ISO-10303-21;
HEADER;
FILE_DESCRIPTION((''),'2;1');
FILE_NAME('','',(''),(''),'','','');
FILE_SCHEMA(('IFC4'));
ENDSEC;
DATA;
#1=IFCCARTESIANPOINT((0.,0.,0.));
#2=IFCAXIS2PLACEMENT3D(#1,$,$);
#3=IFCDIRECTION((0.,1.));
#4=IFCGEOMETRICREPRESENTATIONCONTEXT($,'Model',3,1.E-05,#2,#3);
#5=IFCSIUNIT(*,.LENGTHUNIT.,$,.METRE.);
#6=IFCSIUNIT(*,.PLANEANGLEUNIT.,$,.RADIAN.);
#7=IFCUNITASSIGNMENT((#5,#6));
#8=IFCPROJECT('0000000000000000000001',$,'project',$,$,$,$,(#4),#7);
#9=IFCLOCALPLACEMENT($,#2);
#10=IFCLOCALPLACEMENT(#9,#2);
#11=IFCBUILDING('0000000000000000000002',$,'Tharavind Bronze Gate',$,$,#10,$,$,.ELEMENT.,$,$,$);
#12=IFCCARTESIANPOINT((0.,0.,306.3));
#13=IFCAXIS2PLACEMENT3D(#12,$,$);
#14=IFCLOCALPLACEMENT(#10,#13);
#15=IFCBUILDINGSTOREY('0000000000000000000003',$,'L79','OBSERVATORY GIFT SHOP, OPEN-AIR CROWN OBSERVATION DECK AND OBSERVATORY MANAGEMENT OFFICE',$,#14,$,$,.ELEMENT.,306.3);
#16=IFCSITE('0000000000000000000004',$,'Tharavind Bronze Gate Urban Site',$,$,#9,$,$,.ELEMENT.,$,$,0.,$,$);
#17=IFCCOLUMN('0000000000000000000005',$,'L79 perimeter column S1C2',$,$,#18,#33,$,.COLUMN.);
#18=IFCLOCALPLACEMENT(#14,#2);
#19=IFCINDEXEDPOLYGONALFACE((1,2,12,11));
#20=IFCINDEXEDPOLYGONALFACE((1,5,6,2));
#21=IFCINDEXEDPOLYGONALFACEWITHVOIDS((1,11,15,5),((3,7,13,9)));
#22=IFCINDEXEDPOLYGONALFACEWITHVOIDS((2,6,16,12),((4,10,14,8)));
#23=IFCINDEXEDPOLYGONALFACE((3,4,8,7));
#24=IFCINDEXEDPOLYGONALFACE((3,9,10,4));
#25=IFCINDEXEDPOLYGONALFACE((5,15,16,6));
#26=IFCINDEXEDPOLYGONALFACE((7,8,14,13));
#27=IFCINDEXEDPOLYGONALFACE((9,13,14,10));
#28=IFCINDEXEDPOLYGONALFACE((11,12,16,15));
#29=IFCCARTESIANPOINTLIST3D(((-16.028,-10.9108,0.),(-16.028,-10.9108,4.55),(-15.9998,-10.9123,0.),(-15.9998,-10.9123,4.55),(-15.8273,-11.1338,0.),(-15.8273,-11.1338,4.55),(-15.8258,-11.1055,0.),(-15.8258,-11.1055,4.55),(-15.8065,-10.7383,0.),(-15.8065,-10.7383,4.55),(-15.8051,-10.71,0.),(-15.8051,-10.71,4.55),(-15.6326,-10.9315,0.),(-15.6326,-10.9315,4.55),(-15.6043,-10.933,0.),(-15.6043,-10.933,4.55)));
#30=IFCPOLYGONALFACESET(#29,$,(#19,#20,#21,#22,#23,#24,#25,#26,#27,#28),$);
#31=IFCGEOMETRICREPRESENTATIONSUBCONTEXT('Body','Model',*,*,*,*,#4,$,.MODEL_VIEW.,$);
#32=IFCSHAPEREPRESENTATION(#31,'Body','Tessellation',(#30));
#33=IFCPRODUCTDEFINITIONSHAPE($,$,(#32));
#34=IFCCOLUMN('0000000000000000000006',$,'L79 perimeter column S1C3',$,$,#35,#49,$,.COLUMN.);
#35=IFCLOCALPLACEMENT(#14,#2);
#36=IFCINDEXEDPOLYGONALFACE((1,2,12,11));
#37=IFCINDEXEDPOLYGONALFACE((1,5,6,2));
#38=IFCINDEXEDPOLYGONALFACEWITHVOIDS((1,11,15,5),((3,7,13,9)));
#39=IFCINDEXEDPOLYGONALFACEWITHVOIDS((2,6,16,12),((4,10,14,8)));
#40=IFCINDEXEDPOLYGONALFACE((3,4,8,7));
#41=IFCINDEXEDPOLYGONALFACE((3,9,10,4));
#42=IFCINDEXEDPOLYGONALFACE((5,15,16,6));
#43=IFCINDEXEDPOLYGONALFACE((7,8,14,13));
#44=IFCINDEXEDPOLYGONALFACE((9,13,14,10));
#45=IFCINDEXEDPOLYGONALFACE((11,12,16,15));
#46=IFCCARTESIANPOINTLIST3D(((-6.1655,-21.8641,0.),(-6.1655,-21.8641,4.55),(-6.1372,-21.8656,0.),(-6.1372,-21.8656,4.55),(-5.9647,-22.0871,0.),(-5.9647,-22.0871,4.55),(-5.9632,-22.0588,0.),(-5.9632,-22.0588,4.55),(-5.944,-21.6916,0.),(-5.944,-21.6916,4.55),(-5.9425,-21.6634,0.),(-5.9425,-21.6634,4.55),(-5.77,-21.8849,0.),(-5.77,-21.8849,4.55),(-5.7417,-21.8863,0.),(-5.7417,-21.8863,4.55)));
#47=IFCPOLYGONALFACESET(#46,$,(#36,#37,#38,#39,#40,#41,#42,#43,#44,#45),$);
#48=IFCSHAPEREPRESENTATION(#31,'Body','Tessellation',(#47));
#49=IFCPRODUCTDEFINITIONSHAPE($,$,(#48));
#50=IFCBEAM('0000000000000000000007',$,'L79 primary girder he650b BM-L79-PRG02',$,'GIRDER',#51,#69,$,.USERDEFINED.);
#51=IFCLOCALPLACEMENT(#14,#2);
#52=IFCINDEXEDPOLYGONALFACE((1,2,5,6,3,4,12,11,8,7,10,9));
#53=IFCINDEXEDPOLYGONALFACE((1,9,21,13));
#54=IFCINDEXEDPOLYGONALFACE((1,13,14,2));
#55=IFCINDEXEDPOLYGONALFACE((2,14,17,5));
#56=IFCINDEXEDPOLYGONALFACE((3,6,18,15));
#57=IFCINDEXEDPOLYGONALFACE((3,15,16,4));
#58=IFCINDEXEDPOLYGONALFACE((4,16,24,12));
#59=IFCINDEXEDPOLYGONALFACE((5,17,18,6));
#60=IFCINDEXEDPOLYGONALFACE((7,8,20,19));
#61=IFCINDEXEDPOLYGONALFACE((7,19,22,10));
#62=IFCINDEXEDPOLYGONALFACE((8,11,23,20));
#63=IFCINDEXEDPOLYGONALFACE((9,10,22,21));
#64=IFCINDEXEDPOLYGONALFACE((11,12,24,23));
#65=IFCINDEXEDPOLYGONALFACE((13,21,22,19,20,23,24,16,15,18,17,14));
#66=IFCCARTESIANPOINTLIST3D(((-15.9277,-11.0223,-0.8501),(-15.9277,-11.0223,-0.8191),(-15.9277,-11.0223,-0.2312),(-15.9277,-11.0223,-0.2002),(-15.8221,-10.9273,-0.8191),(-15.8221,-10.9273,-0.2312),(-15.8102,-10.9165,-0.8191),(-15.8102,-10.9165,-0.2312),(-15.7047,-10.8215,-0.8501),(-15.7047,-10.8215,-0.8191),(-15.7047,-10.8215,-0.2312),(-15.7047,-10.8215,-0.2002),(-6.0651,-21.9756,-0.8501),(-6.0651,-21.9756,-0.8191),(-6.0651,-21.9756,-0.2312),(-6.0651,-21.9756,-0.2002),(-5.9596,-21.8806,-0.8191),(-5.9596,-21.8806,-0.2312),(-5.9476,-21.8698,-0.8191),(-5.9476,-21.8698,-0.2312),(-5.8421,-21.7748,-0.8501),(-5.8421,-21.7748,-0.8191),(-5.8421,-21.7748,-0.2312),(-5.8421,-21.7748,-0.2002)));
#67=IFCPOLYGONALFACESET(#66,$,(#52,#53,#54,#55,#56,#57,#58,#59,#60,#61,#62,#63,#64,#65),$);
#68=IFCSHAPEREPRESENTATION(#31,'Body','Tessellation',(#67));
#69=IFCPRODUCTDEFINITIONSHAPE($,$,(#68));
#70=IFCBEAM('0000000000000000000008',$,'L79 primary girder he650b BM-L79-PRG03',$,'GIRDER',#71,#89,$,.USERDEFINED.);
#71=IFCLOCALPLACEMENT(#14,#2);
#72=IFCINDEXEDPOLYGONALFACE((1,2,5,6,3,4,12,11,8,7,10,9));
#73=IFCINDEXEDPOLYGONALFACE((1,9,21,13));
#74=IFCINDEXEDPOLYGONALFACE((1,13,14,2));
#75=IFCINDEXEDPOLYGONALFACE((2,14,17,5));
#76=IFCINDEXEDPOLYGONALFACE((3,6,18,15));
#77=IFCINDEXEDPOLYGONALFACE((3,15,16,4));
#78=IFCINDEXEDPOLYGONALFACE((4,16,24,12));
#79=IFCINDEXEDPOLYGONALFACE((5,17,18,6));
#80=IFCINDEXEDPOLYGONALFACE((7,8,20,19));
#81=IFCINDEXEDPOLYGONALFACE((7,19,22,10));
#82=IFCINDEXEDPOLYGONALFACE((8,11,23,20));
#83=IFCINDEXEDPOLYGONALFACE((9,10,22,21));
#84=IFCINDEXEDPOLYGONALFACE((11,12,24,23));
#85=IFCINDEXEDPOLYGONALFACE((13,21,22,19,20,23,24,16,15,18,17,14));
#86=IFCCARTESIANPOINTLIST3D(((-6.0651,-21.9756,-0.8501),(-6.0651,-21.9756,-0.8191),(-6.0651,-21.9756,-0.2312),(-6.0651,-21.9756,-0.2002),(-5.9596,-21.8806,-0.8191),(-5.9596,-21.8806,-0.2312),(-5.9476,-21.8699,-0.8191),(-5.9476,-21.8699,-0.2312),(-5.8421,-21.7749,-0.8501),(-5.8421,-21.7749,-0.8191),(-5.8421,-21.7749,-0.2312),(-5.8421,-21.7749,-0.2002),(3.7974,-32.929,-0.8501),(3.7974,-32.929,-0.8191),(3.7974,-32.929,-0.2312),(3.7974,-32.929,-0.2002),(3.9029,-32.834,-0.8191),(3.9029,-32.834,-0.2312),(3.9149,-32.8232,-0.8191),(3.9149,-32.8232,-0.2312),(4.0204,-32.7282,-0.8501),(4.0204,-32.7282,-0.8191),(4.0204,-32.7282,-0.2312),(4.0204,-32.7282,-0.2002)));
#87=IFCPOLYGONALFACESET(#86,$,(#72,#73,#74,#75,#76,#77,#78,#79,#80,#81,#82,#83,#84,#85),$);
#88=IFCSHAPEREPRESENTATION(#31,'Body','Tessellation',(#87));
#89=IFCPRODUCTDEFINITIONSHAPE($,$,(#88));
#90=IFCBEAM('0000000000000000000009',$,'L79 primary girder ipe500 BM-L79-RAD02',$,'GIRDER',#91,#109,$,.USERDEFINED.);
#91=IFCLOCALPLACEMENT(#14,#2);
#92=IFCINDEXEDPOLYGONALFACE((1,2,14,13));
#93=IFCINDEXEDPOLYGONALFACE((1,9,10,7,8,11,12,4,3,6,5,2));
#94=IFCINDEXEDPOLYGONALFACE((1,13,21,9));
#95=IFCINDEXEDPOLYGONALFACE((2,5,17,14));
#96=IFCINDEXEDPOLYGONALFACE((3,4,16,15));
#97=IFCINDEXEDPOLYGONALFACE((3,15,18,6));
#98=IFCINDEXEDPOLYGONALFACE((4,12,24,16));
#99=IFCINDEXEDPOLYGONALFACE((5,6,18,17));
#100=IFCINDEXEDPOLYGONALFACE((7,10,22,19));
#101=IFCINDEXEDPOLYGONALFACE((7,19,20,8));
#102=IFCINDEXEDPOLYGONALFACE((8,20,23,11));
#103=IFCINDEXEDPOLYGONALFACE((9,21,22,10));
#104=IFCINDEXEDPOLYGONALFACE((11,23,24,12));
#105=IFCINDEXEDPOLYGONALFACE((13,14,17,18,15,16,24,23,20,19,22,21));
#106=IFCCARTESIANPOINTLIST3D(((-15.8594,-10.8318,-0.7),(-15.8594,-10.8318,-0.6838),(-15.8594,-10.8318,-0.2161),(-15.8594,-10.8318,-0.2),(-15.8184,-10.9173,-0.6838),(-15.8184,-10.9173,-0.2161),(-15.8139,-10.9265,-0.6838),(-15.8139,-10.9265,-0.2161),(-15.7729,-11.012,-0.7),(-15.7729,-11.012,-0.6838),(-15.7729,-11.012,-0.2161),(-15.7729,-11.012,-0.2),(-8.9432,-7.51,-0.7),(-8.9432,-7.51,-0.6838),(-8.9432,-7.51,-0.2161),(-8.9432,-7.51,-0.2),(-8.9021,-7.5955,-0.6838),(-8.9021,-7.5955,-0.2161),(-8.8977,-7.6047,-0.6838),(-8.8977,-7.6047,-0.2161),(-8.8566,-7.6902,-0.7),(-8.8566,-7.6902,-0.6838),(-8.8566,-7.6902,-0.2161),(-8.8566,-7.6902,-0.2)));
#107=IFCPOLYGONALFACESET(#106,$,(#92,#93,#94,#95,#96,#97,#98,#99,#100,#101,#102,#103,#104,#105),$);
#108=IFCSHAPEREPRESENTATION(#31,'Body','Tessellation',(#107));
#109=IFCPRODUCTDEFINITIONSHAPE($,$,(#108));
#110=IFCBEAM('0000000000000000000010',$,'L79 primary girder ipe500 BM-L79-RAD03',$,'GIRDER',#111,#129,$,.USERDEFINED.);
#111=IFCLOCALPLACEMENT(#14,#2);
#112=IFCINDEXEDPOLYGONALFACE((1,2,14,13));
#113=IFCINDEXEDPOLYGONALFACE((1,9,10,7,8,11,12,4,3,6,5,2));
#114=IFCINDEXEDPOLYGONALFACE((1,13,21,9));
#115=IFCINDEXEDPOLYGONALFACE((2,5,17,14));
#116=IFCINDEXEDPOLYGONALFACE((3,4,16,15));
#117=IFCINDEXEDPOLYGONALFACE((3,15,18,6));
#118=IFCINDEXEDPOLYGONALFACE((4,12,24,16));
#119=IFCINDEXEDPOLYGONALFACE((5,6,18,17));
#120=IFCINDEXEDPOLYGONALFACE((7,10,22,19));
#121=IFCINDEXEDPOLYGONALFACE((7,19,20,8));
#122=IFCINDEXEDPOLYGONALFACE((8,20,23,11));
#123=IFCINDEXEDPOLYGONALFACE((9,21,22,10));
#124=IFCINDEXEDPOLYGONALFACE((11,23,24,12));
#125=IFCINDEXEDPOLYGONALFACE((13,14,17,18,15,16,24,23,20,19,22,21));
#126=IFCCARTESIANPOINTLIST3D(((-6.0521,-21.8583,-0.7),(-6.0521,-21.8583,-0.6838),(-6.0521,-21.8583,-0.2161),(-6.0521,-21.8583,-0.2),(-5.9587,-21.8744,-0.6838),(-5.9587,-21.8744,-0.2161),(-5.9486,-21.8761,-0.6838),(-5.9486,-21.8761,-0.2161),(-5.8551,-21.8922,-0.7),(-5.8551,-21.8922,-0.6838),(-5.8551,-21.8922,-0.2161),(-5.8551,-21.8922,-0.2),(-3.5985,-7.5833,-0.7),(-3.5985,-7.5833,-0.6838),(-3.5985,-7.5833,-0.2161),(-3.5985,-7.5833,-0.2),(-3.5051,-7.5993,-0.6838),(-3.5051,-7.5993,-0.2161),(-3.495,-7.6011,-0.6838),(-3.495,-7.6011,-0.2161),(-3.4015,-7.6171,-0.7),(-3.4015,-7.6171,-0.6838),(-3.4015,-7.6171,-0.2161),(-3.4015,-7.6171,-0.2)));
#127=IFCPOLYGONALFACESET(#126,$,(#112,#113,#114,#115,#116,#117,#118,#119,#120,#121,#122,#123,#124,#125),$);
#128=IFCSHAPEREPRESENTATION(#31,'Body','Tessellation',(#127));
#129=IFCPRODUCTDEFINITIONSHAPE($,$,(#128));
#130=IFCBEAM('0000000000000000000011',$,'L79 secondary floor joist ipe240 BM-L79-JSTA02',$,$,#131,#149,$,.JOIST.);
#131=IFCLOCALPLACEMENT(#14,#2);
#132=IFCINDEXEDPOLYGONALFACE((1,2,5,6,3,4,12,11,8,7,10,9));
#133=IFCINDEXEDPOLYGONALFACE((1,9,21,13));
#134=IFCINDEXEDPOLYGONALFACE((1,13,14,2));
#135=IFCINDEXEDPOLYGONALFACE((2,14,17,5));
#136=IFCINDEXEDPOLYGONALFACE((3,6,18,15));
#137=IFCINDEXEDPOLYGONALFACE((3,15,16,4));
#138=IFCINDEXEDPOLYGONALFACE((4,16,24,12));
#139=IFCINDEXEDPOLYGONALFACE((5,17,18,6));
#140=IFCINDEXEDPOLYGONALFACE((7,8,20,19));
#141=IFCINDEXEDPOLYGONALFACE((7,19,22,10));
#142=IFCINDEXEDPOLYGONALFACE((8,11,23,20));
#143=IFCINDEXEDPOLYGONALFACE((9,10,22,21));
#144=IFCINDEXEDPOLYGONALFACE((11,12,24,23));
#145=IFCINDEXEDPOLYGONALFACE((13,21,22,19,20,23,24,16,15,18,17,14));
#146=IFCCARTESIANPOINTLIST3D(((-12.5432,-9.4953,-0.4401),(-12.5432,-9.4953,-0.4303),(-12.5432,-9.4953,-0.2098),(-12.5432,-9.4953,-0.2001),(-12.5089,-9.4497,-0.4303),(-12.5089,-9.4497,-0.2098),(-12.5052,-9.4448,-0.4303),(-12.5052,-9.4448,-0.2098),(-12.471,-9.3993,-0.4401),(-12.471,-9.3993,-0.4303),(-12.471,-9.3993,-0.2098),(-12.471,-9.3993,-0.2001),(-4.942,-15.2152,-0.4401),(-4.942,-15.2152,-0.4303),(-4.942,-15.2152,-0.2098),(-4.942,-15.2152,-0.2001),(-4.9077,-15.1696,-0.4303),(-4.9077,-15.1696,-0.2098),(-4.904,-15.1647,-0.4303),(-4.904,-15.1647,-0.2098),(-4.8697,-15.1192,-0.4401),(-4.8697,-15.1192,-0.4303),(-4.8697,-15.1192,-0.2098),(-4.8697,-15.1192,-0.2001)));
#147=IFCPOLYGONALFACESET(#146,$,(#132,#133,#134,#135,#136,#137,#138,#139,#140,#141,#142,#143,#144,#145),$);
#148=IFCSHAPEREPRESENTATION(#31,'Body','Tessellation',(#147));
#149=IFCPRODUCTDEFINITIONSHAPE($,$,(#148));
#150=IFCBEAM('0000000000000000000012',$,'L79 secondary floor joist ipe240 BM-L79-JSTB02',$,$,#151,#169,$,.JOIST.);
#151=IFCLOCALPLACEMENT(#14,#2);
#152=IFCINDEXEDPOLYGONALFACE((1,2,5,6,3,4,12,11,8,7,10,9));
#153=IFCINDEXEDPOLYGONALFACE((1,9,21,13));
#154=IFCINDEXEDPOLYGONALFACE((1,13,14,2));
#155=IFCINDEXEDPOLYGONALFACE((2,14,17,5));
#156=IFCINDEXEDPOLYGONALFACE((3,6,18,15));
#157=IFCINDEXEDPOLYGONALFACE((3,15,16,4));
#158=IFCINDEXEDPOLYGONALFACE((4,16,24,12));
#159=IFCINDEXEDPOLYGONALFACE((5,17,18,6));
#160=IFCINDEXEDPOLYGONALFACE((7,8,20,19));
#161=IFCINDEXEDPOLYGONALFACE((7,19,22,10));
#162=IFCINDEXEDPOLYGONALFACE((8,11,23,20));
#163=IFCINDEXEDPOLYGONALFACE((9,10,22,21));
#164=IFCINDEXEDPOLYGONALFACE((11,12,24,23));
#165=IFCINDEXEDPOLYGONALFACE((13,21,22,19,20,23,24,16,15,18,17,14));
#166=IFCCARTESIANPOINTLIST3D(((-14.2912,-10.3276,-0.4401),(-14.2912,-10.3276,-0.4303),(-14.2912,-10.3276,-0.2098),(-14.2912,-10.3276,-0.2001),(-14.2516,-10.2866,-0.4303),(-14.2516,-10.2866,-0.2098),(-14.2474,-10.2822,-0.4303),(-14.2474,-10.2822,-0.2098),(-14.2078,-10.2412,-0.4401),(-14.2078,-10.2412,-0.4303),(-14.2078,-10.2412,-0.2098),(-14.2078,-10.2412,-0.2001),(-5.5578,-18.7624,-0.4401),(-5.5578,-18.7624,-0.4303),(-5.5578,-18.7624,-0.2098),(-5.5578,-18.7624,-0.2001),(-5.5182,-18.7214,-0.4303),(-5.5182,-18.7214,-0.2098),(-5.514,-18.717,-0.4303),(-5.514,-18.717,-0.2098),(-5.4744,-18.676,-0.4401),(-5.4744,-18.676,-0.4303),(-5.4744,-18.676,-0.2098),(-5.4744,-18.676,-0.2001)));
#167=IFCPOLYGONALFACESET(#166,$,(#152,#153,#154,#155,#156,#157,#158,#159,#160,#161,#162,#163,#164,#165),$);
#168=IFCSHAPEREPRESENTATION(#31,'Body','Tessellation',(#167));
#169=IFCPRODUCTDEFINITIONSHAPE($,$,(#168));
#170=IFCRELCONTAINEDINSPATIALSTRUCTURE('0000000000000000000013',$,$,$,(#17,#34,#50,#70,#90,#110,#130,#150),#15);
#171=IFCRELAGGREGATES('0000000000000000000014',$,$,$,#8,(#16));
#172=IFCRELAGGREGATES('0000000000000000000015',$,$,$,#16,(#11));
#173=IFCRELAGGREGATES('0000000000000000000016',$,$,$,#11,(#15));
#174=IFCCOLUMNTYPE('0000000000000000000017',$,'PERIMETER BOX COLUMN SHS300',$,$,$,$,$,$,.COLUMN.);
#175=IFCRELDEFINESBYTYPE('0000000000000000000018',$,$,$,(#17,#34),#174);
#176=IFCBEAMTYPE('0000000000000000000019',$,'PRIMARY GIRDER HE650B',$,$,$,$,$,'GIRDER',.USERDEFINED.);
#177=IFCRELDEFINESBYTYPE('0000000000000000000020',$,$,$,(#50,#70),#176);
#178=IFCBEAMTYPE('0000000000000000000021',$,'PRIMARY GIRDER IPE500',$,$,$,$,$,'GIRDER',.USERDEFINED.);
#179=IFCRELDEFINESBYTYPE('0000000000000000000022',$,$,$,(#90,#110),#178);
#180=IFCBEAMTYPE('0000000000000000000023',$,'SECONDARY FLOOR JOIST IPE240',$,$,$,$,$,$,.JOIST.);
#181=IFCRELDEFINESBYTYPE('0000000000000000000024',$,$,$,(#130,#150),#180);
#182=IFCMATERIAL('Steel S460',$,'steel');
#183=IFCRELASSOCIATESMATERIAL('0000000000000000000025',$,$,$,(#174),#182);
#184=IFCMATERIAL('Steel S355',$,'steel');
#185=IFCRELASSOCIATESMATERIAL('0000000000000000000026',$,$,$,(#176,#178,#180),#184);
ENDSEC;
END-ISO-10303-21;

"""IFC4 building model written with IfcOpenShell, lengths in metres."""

from ifc_helpers import new_model, si_unit, direction, frame, origin, origin_2d, place, context, subcontext, project, spatial, hollow_rectangle, i_section, extrude, material, material_profile, profile_set, type_object, element, save


model = new_model("IFC4")

# Units and contexts
model_context = context("Model", 3, precision=1e-05, world=origin(), true_north=direction((0.0, 1.0)))
body_context = subcontext(model_context, "Body", "Model", "MODEL_VIEW")
ifc_project = project(units=[si_unit("LENGTHUNIT", "METRE"), si_unit("PLANEANGLEUNIT", "RADIAN")], contexts=[model_context])

# Site, building, storey
site_placement = place(None, origin())
site = spatial("IfcSite", under=ifc_project, at=site_placement, Name="Tharavind Bronze Gate Urban Site", CompositionType="ELEMENT", RefElevation=0.0)
building_placement = place(site_placement, origin())
building = spatial("IfcBuilding", under=site, at=building_placement, Name="Tharavind Bronze Gate", CompositionType="ELEMENT")
storey_placement = place(building_placement, frame((0.0, 0.0, 306.3)))
storey = spatial("IfcBuildingStorey", under=building, at=storey_placement, Name="L79", Description="OBSERVATORY GIFT SHOP, OPEN-AIR CROWN OBSERVATION DECK AND OBSERVATORY MANAGEMENT OFFICE", CompositionType="ELEMENT", Elevation=306.3)

# Columns
ifc_material_1 = material(Name="Steel S460", Category="steel")
ifc_material_profile_1 = material_profile(ifc_material_1, hollow_rectangle(XDim=0.3, YDim=0.3, WallThickness=0.02, at=origin_2d()), Name="SHS300X20")
ifc_profile_set_1 = profile_set([ifc_material_profile_1], Name="Steel S460")
column_type = type_object("IfcColumnType", Name="PERIMETER BOX COLUMN SHS300", PredefinedType="COLUMN", material=ifc_profile_set_1)
for number, where, z_axis, x_axis, name in (
    (1, (-15.8162, -10.9219, 0.0), (0.0, 0.0, 1.0), (-0.669131, 0.743145, 0.0), "L79 perimeter column S1C2"),
    (2, (-5.9536, -21.8752, 0.0), (0.0, 0.0, 1.0), (-0.669131, 0.743145, 0.0), "L79 perimeter column S1C3"),
):
    element("IfcColumn", number, at=place(storey_placement, frame(where, z_axis=z_axis, x_axis=x_axis)), inside=storey, type_object=column_type, Name=name, PredefinedType="COLUMN", context=body_context, shape_type="SweptSolid", body=[
        extrude(hollow_rectangle(XDim=0.3, YDim=0.3, WallThickness=0.02, at=origin_2d()), origin(), (0.0, 0.0, 1.0), 4.55),
    ])

# Beams
ifc_material_2 = material(Name="Steel S355", Category="steel")
ifc_material_profile_2 = material_profile(ifc_material_2, i_section(OverallWidth=0.3, OverallDepth=0.6499, WebThickness=0.0161, FlangeThickness=0.031, at=origin_2d()), Name="HE650B")
ifc_profile_set_2 = profile_set([ifc_material_profile_2], Name="Steel S355")
beam_type_1 = type_object("IfcBeamType", Name="PRIMARY GIRDER HE650B", ElementType="GIRDER", PredefinedType="USERDEFINED", material=ifc_profile_set_2)
for number, where, z_axis, x_axis, name in (
    (3, (-15.8162, -10.9219, -0.5251), (0.669134, -0.743142, 0.0), (0.743142, 0.669134, 0.0), "L79 primary girder he650b BM-L79-PRG02"),
    (4, (-5.9536, -21.8752, -0.5251), (0.669134, -0.743142, 0.0), (0.743142, 0.669134, 0.0), "L79 primary girder he650b BM-L79-PRG03"),
):
    element("IfcBeam", number, at=place(storey_placement, frame(where, z_axis=z_axis, x_axis=x_axis)), inside=storey, type_object=beam_type_1, Name=name, ObjectType="GIRDER", PredefinedType="USERDEFINED", context=body_context, shape_type="SweptSolid", body=[
        extrude(i_section(OverallWidth=0.3, OverallDepth=0.6499, WebThickness=0.0161, FlangeThickness=0.031, at=origin_2d()), origin(), (0.0, 0.0, 1.0), 14.7393),
    ])
ifc_material_profile_3 = material_profile(ifc_material_2, i_section(OverallWidth=0.2, OverallDepth=0.5, WebThickness=0.0103, FlangeThickness=0.0161, at=origin_2d()), Name="IPE500")
ifc_profile_set_3 = profile_set([ifc_material_profile_3], Name="Steel S355")
beam_type_2 = type_object("IfcBeamType", Name="PRIMARY GIRDER IPE500", ElementType="GIRDER", PredefinedType="USERDEFINED", material=ifc_profile_set_3)
beam_1_placement = place(storey_placement, frame((-15.8162, -10.9219, -0.45), z_axis=(0.901423, 0.43294, 0.0), x_axis=(-0.43294, 0.901423, 0.0)))
element("IfcBeam", 5, at=beam_1_placement, inside=storey, type_object=beam_type_2, Name="L79 primary girder ipe500 BM-L79-RAD02", ObjectType="GIRDER", PredefinedType="USERDEFINED", context=body_context, shape_type="SweptSolid", body=[
    extrude(i_section(OverallWidth=0.2, OverallDepth=0.5, WebThickness=0.0103, FlangeThickness=0.0161, at=origin_2d()), origin(), (0.0, 0.0, 1.0), 7.6726),
])
beam_2_placement = place(storey_placement, frame((-5.9536, -21.8752, -0.45), z_axis=(0.169396, 0.985548, 0.0), x_axis=(-0.985548, 0.169396, 0.0)))
element("IfcBeam", 6, at=beam_2_placement, inside=storey, type_object=beam_type_2, Name="L79 primary girder ipe500 BM-L79-RAD03", ObjectType="GIRDER", PredefinedType="USERDEFINED", context=body_context, shape_type="SweptSolid", body=[
    extrude(i_section(OverallWidth=0.2, OverallDepth=0.5, WebThickness=0.0103, FlangeThickness=0.0161, at=origin_2d()), origin(), (0.0, 0.0, 1.0), 14.4844),
])
ifc_material_profile_4 = material_profile(ifc_material_2, i_section(OverallWidth=0.1201, OverallDepth=0.24, WebThickness=0.0061, FlangeThickness=0.0098, at=origin_2d()), Name="IPE240")
ifc_profile_set_4 = profile_set([ifc_material_profile_4], Name="Steel S355")
beam_type_3 = type_object("IfcBeamType", Name="SECONDARY FLOOR JOIST IPE240", PredefinedType="JOIST", material=ifc_profile_set_4)
beam_3_placement = place(storey_placement, frame((-12.5071, -9.4473, -0.3201), z_axis=(0.799041, -0.601276, 0.0), x_axis=(0.601276, 0.799041, 0.0)))
element("IfcBeam", 7, at=beam_3_placement, inside=storey, type_object=beam_type_3, Name="L79 secondary floor joist ipe240 BM-L79-JSTA02", PredefinedType="JOIST", context=body_context, shape_type="SweptSolid", body=[
    extrude(i_section(OverallWidth=0.1201, OverallDepth=0.24, WebThickness=0.0061, FlangeThickness=0.0098, at=origin_2d()), origin(), (0.0, 0.0, 1.0), 9.5129),
])
beam_4_placement = place(storey_placement, frame((-14.2495, -10.2844, -0.3201), z_axis=(0.719296, -0.694704, 0.0), x_axis=(0.694704, 0.719296, 0.0)))
element("IfcBeam", 8, at=beam_4_placement, inside=storey, type_object=beam_type_3, Name="L79 secondary floor joist ipe240 BM-L79-JSTB02", PredefinedType="JOIST", context=body_context, shape_type="SweptSolid", body=[
    extrude(i_section(OverallWidth=0.1201, OverallDepth=0.24, WebThickness=0.0061, FlangeThickness=0.0098, at=origin_2d()), origin(), (0.0, 0.0, 1.0), 12.1416),
])

save(model, "model.ifc")
